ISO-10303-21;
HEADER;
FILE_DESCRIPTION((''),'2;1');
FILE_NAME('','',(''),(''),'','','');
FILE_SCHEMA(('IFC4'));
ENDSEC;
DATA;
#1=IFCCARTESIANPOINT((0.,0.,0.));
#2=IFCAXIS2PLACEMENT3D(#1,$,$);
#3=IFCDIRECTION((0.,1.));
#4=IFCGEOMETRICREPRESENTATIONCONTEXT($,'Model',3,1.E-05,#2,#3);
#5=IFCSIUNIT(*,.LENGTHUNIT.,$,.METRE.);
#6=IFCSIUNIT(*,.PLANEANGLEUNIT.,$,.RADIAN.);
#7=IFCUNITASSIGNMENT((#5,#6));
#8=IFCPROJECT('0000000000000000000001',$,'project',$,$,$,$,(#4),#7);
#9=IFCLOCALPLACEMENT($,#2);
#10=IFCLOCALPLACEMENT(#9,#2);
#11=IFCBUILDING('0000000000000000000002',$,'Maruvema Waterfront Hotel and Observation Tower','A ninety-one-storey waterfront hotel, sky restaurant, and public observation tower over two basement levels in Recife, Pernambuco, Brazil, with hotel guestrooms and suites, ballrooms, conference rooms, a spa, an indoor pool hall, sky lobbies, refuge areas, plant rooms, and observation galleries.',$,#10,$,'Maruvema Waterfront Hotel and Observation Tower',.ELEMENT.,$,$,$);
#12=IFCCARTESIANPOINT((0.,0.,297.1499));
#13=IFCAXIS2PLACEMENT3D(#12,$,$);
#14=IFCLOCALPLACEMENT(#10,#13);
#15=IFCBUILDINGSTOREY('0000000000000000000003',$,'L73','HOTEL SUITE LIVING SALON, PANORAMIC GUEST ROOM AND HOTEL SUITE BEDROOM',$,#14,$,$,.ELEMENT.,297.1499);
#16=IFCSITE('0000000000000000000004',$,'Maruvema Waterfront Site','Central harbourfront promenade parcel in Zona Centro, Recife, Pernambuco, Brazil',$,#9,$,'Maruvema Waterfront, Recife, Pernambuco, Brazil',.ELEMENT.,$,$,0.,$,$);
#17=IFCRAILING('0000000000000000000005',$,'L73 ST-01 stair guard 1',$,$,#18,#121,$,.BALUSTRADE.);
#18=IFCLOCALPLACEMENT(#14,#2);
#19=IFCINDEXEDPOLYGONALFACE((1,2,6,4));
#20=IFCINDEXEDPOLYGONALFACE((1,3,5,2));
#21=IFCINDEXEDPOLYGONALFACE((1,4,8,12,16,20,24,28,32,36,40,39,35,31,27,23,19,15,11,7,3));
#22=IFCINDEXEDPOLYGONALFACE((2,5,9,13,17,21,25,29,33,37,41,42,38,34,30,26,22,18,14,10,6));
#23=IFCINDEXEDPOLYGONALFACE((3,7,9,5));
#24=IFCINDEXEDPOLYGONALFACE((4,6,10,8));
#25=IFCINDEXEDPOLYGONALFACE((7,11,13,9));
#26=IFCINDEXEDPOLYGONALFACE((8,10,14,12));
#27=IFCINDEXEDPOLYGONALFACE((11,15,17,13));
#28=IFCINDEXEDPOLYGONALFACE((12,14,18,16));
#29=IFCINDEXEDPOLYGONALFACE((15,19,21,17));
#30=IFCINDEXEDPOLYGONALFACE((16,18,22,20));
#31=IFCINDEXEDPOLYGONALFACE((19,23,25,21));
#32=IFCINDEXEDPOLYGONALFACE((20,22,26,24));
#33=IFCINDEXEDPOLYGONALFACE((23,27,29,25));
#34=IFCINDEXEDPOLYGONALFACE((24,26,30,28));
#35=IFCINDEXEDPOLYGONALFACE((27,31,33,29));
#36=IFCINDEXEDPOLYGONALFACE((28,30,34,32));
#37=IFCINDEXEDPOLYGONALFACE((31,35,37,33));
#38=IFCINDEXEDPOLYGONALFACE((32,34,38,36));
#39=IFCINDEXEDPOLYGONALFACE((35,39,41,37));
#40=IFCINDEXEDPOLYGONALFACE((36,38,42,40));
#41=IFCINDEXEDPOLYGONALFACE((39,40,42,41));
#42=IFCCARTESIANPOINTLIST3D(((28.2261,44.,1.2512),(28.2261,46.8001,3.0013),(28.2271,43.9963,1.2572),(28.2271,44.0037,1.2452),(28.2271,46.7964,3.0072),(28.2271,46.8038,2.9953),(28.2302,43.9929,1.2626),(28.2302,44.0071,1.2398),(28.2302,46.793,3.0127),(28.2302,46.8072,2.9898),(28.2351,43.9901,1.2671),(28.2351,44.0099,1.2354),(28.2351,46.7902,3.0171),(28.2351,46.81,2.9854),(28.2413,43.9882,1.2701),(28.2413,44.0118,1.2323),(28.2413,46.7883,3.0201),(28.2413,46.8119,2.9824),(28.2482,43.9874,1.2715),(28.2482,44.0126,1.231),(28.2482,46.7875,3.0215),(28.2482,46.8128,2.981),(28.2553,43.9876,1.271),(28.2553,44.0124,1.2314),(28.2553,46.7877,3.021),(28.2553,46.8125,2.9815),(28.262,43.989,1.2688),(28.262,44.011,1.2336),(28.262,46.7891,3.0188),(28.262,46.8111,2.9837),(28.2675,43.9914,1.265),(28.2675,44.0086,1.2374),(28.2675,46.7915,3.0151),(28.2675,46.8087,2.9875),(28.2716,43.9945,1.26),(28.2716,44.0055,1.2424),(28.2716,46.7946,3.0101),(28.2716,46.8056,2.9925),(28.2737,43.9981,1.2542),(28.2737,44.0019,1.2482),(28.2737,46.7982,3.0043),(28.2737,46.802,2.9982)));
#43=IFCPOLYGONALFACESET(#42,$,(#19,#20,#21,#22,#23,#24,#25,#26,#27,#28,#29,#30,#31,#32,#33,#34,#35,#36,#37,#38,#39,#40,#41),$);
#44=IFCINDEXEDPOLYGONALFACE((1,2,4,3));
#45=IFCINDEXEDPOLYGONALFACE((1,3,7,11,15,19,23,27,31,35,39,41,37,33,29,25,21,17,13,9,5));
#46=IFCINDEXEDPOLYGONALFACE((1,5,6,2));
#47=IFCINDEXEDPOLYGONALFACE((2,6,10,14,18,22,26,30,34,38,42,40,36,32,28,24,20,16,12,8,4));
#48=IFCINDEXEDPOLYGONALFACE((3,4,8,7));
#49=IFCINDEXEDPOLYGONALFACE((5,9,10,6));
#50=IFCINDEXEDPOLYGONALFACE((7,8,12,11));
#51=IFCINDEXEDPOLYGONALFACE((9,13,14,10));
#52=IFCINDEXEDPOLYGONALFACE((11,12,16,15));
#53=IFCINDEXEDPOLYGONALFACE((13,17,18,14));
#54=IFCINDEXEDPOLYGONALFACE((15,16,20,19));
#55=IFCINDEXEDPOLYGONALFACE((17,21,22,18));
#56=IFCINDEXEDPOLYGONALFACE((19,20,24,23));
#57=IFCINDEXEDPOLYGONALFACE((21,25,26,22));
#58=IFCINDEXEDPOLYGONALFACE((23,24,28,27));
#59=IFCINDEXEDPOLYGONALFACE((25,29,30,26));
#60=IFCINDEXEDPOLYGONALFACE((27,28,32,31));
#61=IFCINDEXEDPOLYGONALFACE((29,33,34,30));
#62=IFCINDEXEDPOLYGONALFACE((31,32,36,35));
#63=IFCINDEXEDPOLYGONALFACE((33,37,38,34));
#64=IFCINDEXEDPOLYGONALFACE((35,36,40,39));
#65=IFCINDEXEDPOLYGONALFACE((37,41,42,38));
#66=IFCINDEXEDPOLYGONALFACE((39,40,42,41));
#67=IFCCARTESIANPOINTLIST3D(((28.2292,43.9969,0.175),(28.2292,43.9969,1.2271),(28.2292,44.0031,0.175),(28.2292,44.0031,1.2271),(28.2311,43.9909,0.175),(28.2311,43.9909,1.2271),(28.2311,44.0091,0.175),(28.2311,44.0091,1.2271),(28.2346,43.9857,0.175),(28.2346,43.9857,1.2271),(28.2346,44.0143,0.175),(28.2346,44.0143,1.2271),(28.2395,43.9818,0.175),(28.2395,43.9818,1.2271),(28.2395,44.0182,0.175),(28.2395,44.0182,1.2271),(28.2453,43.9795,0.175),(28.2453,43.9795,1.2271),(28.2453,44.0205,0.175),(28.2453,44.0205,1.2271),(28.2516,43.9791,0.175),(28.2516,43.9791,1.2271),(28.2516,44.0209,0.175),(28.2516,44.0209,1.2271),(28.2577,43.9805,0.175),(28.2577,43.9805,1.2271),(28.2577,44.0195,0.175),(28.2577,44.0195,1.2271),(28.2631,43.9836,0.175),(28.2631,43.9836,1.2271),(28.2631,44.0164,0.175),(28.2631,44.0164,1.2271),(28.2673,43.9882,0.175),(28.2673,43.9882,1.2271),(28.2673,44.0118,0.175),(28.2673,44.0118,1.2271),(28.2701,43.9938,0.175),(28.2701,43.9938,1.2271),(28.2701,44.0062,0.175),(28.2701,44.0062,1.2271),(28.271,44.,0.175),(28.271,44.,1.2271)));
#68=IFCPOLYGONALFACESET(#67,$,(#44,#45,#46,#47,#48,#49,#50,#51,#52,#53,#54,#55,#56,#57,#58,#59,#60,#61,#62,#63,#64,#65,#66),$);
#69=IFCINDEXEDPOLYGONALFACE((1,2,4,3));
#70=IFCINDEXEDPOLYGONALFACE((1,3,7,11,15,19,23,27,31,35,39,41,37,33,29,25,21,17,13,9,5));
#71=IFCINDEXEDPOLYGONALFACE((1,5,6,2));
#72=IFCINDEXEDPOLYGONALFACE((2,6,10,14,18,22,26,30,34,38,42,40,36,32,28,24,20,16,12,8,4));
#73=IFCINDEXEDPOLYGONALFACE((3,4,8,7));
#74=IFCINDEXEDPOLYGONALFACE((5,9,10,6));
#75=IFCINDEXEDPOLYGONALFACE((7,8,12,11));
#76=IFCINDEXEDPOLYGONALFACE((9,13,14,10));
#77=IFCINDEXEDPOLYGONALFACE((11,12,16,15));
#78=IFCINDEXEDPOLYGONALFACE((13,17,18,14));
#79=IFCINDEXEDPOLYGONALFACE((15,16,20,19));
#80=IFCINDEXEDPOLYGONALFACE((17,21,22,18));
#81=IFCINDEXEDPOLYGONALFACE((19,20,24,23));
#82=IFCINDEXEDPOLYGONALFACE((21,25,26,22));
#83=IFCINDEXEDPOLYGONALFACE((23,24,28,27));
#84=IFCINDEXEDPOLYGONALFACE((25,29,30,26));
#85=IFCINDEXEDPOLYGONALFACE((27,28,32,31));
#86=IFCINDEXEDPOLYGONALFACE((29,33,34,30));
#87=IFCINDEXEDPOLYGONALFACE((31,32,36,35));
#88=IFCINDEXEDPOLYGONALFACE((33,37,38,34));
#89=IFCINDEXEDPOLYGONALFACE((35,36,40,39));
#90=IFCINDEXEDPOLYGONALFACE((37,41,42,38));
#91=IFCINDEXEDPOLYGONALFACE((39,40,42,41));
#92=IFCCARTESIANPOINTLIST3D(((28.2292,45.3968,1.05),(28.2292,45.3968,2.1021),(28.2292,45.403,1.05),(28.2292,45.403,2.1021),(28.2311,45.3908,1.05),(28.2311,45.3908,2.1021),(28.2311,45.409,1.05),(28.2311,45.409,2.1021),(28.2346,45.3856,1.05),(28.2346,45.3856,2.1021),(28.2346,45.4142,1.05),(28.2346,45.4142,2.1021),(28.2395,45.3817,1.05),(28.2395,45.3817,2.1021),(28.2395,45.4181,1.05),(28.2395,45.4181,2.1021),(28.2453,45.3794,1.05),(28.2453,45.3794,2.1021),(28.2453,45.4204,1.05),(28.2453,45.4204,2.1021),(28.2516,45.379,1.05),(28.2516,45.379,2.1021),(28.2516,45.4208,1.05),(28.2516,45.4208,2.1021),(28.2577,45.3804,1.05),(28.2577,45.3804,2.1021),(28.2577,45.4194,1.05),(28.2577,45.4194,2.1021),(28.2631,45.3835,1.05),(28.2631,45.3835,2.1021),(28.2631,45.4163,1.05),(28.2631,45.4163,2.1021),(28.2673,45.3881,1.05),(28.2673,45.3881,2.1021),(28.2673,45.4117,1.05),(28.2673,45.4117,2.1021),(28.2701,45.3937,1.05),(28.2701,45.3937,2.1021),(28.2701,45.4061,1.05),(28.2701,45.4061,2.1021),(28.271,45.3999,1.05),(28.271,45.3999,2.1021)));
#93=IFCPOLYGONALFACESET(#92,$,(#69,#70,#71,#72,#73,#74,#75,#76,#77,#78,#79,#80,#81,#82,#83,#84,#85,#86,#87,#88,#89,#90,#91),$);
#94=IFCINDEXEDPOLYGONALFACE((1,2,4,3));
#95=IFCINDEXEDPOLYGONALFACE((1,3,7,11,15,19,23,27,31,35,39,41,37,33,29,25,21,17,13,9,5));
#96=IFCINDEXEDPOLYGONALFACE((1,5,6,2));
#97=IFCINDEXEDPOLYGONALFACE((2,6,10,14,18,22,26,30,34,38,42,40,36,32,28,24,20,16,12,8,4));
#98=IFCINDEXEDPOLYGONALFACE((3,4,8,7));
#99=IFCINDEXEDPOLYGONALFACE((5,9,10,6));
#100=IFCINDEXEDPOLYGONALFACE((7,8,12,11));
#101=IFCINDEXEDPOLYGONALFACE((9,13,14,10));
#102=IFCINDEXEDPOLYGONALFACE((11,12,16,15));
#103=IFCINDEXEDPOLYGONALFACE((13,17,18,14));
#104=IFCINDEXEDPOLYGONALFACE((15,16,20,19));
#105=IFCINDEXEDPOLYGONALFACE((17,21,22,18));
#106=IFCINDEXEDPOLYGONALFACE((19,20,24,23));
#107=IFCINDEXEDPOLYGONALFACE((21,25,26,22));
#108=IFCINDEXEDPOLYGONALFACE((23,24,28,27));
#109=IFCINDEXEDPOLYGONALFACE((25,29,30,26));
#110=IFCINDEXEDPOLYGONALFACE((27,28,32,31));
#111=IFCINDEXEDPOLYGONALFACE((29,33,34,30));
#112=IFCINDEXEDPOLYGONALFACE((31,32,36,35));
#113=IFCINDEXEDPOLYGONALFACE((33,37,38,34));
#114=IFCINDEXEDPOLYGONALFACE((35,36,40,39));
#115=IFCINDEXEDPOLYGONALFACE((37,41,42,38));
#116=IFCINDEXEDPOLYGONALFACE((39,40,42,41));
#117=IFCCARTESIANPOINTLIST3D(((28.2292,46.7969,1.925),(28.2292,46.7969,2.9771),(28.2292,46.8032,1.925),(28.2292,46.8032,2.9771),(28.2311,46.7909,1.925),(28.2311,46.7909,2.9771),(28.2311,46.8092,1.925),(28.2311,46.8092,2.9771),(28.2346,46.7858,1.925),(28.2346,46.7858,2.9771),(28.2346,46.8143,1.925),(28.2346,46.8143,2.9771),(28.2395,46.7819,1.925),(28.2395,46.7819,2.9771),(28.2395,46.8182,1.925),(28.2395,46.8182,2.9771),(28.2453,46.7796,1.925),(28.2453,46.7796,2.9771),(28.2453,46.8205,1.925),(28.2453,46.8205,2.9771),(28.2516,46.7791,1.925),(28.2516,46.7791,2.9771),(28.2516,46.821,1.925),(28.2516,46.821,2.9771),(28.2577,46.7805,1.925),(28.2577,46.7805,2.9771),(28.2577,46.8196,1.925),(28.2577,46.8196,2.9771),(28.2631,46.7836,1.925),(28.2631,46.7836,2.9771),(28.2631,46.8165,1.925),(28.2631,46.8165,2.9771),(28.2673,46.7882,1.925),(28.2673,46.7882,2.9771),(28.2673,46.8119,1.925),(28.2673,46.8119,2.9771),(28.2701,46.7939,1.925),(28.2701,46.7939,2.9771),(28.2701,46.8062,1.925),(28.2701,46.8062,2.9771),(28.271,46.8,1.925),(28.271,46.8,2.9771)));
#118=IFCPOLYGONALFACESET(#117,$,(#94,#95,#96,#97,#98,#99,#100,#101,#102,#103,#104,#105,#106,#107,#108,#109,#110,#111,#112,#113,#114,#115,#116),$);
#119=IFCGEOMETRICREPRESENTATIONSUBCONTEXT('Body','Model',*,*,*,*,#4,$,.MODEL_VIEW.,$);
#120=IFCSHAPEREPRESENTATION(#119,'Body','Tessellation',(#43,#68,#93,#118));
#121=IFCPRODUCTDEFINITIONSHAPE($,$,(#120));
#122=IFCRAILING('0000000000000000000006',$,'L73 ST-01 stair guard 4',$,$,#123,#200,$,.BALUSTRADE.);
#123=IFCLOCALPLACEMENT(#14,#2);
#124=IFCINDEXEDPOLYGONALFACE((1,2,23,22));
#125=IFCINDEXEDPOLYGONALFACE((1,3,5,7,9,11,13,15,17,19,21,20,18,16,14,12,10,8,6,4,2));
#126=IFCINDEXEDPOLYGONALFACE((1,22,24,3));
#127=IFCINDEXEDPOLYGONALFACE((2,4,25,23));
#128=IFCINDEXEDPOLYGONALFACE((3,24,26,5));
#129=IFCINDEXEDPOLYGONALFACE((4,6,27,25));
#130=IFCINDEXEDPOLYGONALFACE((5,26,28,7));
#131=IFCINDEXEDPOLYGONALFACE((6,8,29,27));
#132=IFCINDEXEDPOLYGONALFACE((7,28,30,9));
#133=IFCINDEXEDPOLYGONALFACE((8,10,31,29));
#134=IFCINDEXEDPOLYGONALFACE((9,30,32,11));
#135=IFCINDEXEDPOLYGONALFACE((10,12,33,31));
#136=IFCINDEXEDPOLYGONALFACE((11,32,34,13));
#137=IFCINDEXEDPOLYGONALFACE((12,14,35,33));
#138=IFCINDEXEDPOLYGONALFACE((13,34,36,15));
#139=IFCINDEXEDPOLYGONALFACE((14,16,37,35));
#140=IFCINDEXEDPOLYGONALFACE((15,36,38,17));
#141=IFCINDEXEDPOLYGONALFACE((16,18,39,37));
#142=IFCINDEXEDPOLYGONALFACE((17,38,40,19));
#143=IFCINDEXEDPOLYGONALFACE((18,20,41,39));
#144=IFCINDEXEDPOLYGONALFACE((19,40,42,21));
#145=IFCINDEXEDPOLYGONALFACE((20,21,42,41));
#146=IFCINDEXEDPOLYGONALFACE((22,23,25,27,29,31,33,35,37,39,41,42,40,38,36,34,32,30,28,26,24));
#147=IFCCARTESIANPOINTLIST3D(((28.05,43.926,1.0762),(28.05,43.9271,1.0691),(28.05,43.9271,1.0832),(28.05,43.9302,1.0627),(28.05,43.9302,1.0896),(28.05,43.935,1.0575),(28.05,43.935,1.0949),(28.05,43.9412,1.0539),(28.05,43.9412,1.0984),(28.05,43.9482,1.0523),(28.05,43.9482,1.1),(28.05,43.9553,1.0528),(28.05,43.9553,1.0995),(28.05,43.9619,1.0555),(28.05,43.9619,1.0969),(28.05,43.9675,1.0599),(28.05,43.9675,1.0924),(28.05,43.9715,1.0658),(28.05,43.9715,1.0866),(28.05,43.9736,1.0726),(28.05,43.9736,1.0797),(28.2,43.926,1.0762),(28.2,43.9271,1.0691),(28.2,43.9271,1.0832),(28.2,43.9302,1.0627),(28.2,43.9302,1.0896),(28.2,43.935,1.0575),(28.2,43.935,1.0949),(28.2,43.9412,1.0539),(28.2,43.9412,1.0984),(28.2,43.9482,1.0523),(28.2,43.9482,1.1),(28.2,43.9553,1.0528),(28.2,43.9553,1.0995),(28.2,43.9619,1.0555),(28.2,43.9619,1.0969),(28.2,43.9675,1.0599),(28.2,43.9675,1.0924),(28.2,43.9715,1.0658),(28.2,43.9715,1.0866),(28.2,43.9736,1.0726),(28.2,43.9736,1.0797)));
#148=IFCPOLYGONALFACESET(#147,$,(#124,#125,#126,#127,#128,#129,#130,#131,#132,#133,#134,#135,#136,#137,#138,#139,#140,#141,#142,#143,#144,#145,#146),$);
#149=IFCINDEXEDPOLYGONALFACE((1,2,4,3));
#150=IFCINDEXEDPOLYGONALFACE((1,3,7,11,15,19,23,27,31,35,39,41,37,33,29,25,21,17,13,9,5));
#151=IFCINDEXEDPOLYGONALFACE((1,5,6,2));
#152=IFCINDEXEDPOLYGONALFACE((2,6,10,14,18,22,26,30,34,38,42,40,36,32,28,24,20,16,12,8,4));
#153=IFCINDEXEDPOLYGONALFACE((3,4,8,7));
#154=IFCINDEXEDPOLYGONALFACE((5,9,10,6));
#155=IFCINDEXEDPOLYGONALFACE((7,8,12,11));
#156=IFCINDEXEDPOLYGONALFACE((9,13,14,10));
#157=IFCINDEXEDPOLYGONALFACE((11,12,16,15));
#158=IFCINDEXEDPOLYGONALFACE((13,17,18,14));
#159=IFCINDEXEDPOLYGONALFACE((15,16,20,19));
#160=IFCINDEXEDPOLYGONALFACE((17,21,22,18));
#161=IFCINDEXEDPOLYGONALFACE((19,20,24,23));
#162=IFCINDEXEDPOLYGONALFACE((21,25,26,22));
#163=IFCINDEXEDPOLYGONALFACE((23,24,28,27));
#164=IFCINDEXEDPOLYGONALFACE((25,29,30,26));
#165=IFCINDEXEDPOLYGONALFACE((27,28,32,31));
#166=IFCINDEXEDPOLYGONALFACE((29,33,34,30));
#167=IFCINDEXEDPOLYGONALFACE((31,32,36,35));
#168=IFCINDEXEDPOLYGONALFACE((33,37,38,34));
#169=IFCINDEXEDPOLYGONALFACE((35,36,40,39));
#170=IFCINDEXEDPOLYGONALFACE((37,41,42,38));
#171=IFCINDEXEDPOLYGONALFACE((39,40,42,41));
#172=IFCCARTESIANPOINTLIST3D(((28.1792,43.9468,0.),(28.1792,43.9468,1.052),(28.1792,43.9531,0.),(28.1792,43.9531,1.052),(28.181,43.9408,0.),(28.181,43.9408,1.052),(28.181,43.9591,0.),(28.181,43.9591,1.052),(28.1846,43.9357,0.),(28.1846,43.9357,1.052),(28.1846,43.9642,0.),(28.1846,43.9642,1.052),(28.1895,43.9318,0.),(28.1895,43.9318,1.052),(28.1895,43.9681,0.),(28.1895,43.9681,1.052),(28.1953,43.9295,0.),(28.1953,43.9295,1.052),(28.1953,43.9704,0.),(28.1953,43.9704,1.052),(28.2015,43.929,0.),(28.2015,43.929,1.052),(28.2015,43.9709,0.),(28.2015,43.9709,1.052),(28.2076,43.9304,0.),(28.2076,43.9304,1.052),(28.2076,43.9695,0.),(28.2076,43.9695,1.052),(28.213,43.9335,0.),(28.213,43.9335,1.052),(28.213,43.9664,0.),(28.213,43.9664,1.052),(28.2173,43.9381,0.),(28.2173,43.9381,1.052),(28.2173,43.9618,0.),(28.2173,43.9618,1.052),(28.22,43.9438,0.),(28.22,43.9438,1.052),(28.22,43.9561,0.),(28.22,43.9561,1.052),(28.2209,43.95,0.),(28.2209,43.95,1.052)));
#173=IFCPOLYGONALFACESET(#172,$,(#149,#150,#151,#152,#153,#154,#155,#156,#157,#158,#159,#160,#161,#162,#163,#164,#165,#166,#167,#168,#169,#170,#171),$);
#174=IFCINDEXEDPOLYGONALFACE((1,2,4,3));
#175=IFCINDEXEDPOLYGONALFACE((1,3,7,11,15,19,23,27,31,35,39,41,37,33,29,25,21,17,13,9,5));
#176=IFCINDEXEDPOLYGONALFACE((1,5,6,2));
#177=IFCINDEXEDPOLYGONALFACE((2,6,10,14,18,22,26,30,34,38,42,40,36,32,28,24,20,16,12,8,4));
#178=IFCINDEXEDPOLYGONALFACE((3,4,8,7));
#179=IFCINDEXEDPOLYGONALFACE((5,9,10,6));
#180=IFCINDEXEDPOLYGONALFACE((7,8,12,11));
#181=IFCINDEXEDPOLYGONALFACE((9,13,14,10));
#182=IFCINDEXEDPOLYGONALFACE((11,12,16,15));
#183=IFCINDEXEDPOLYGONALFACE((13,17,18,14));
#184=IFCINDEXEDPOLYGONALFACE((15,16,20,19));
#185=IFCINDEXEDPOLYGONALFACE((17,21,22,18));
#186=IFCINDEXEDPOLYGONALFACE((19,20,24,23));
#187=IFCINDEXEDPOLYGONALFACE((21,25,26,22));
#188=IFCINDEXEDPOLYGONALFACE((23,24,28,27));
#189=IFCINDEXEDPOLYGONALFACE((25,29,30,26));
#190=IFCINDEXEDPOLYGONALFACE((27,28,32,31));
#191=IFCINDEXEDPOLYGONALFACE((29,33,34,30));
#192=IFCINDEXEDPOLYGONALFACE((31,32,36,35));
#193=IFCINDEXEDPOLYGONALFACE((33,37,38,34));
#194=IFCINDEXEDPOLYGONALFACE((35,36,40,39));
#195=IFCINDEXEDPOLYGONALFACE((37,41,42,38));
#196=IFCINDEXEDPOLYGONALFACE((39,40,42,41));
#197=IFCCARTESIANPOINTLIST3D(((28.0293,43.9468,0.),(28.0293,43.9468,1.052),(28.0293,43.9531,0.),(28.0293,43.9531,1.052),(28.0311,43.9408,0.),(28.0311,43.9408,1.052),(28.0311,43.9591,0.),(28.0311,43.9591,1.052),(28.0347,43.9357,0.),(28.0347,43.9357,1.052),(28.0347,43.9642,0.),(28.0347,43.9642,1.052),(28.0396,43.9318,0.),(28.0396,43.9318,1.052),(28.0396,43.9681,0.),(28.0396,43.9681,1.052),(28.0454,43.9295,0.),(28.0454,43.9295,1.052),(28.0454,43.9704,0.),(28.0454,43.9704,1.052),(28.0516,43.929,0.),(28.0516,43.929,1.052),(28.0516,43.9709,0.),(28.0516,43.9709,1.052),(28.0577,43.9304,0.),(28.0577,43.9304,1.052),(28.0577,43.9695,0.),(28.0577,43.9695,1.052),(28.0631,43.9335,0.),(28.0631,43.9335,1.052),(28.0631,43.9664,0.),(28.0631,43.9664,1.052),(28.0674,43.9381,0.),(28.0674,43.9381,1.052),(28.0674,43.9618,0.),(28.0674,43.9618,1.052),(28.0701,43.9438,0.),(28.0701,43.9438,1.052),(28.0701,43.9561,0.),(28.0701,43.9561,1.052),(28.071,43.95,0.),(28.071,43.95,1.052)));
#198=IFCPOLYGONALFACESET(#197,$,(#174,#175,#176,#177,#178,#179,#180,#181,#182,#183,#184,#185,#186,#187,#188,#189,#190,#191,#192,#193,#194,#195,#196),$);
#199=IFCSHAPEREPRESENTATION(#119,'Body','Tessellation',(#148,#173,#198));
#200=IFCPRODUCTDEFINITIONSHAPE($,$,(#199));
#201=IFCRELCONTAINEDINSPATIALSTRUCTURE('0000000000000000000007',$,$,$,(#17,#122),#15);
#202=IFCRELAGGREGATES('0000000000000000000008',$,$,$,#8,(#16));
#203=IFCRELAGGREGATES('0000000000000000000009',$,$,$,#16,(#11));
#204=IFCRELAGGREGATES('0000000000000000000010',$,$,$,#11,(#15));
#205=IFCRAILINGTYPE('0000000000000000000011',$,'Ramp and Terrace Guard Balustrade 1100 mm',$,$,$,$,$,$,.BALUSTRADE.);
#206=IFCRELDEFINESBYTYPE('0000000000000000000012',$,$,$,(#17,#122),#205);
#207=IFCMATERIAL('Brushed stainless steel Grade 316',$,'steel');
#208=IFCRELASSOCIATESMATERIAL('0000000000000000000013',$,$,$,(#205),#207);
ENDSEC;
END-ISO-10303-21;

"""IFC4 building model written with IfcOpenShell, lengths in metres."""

from ifc_helpers import new_model, si_unit, direction, frame, origin, origin_2d, place, context, subcontext, project, spatial, circle, extrude, material, type_object, element, save


model = new_model("IFC4")

# Units and contexts
model_context = context("Model", 3, precision=1e-05, world=origin(), true_north=direction((0.0, 1.0)))
body_context = subcontext(model_context, "Body", "Model", "MODEL_VIEW")
ifc_project = project(units=[si_unit("LENGTHUNIT", "METRE"), si_unit("PLANEANGLEUNIT", "RADIAN")], contexts=[model_context])

# Site, building, storey
site_placement = place(None, origin())
site = spatial("IfcSite", under=ifc_project, at=site_placement, Name="Maruvema Waterfront Site", Description="Central harbourfront promenade parcel in Zona Centro, Recife, Pernambuco, Brazil", LongName="Maruvema Waterfront, Recife, Pernambuco, Brazil", CompositionType="ELEMENT", RefElevation=0.0)
building_placement = place(site_placement, origin())
building = spatial("IfcBuilding", under=site, at=building_placement, Name="Maruvema Waterfront Hotel and Observation Tower", Description="A ninety-one-storey waterfront hotel, sky restaurant, and public observation tower over two basement levels in Recife, Pernambuco, Brazil, with hotel guestrooms and suites, ballrooms, conference rooms, a spa, an indoor pool hall, sky lobbies, refuge areas, plant rooms, and observation galleries.", LongName="Maruvema Waterfront Hotel and Observation Tower", CompositionType="ELEMENT")
storey_placement = place(building_placement, frame((0.0, 0.0, 297.1499)))
storey = spatial("IfcBuildingStorey", under=building, at=storey_placement, Name="L73", Description="HOTEL SUITE LIVING SALON, PANORAMIC GUEST ROOM AND HOTEL SUITE BEDROOM", CompositionType="ELEMENT", Elevation=297.1499)

# Railings
ifc_material_1 = material(Name="Brushed stainless steel Grade 316", Category="steel")
railing_type = type_object("IfcRailingType", Name="Ramp and Terrace Guard Balustrade 1100 mm", PredefinedType="BALUSTRADE", material=ifc_material_1)
railing_1_placement = place(storey_placement, frame((28.25, 44.0, 0.175)))
element("IfcRailing", 1, at=railing_1_placement, inside=storey, type_object=railing_type, Name="L73 ST-01 stair guard 1", PredefinedType="BALUSTRADE", context=body_context, shape_type="SweptSolid", body=[
    extrude(circle(Radius=0.0239, at=origin_2d()), frame((0.0, 0.0, 1.0762), z_axis=(0.0, 0.848002, 0.529992), x_axis=(-1.0, 0.0, 0.0)), (0.0, 0.0, 1.0), 3.302),
    extrude(circle(Radius=0.021, at=origin_2d()), origin(), (0.0, 0.0, 1.0), 1.052),
    extrude(circle(Radius=0.021, at=origin_2d()), frame((0.0, 1.3999, 0.875)), (0.0, 0.0, 1.0), 1.052),
    extrude(circle(Radius=0.021, at=origin_2d()), frame((0.0, 2.8, 1.75)), (0.0, 0.0, 1.0), 1.052),
])
railing_2_placement = place(storey_placement, frame((28.2, 43.95, 0.0)))
element("IfcRailing", 2, at=railing_2_placement, inside=storey, type_object=railing_type, Name="L73 ST-01 stair guard 4", PredefinedType="BALUSTRADE", context=body_context, shape_type="SweptSolid", body=[
    extrude(circle(Radius=0.0239, at=origin_2d()), frame((0.0, 0.0, 1.0762), z_axis=(-1.0, 0.0, 0.0), x_axis=(0.0, -1.0, 0.0)), (0.0, 0.0, 1.0), 0.1499),
    extrude(circle(Radius=0.021, at=origin_2d()), origin(), (0.0, 0.0, 1.0), 1.052),
    extrude(circle(Radius=0.021, at=origin_2d()), frame((-0.1499, 0.0, 0.0)), (0.0, 0.0, 1.0), 1.052),
])

save(model, "model.ifc")
